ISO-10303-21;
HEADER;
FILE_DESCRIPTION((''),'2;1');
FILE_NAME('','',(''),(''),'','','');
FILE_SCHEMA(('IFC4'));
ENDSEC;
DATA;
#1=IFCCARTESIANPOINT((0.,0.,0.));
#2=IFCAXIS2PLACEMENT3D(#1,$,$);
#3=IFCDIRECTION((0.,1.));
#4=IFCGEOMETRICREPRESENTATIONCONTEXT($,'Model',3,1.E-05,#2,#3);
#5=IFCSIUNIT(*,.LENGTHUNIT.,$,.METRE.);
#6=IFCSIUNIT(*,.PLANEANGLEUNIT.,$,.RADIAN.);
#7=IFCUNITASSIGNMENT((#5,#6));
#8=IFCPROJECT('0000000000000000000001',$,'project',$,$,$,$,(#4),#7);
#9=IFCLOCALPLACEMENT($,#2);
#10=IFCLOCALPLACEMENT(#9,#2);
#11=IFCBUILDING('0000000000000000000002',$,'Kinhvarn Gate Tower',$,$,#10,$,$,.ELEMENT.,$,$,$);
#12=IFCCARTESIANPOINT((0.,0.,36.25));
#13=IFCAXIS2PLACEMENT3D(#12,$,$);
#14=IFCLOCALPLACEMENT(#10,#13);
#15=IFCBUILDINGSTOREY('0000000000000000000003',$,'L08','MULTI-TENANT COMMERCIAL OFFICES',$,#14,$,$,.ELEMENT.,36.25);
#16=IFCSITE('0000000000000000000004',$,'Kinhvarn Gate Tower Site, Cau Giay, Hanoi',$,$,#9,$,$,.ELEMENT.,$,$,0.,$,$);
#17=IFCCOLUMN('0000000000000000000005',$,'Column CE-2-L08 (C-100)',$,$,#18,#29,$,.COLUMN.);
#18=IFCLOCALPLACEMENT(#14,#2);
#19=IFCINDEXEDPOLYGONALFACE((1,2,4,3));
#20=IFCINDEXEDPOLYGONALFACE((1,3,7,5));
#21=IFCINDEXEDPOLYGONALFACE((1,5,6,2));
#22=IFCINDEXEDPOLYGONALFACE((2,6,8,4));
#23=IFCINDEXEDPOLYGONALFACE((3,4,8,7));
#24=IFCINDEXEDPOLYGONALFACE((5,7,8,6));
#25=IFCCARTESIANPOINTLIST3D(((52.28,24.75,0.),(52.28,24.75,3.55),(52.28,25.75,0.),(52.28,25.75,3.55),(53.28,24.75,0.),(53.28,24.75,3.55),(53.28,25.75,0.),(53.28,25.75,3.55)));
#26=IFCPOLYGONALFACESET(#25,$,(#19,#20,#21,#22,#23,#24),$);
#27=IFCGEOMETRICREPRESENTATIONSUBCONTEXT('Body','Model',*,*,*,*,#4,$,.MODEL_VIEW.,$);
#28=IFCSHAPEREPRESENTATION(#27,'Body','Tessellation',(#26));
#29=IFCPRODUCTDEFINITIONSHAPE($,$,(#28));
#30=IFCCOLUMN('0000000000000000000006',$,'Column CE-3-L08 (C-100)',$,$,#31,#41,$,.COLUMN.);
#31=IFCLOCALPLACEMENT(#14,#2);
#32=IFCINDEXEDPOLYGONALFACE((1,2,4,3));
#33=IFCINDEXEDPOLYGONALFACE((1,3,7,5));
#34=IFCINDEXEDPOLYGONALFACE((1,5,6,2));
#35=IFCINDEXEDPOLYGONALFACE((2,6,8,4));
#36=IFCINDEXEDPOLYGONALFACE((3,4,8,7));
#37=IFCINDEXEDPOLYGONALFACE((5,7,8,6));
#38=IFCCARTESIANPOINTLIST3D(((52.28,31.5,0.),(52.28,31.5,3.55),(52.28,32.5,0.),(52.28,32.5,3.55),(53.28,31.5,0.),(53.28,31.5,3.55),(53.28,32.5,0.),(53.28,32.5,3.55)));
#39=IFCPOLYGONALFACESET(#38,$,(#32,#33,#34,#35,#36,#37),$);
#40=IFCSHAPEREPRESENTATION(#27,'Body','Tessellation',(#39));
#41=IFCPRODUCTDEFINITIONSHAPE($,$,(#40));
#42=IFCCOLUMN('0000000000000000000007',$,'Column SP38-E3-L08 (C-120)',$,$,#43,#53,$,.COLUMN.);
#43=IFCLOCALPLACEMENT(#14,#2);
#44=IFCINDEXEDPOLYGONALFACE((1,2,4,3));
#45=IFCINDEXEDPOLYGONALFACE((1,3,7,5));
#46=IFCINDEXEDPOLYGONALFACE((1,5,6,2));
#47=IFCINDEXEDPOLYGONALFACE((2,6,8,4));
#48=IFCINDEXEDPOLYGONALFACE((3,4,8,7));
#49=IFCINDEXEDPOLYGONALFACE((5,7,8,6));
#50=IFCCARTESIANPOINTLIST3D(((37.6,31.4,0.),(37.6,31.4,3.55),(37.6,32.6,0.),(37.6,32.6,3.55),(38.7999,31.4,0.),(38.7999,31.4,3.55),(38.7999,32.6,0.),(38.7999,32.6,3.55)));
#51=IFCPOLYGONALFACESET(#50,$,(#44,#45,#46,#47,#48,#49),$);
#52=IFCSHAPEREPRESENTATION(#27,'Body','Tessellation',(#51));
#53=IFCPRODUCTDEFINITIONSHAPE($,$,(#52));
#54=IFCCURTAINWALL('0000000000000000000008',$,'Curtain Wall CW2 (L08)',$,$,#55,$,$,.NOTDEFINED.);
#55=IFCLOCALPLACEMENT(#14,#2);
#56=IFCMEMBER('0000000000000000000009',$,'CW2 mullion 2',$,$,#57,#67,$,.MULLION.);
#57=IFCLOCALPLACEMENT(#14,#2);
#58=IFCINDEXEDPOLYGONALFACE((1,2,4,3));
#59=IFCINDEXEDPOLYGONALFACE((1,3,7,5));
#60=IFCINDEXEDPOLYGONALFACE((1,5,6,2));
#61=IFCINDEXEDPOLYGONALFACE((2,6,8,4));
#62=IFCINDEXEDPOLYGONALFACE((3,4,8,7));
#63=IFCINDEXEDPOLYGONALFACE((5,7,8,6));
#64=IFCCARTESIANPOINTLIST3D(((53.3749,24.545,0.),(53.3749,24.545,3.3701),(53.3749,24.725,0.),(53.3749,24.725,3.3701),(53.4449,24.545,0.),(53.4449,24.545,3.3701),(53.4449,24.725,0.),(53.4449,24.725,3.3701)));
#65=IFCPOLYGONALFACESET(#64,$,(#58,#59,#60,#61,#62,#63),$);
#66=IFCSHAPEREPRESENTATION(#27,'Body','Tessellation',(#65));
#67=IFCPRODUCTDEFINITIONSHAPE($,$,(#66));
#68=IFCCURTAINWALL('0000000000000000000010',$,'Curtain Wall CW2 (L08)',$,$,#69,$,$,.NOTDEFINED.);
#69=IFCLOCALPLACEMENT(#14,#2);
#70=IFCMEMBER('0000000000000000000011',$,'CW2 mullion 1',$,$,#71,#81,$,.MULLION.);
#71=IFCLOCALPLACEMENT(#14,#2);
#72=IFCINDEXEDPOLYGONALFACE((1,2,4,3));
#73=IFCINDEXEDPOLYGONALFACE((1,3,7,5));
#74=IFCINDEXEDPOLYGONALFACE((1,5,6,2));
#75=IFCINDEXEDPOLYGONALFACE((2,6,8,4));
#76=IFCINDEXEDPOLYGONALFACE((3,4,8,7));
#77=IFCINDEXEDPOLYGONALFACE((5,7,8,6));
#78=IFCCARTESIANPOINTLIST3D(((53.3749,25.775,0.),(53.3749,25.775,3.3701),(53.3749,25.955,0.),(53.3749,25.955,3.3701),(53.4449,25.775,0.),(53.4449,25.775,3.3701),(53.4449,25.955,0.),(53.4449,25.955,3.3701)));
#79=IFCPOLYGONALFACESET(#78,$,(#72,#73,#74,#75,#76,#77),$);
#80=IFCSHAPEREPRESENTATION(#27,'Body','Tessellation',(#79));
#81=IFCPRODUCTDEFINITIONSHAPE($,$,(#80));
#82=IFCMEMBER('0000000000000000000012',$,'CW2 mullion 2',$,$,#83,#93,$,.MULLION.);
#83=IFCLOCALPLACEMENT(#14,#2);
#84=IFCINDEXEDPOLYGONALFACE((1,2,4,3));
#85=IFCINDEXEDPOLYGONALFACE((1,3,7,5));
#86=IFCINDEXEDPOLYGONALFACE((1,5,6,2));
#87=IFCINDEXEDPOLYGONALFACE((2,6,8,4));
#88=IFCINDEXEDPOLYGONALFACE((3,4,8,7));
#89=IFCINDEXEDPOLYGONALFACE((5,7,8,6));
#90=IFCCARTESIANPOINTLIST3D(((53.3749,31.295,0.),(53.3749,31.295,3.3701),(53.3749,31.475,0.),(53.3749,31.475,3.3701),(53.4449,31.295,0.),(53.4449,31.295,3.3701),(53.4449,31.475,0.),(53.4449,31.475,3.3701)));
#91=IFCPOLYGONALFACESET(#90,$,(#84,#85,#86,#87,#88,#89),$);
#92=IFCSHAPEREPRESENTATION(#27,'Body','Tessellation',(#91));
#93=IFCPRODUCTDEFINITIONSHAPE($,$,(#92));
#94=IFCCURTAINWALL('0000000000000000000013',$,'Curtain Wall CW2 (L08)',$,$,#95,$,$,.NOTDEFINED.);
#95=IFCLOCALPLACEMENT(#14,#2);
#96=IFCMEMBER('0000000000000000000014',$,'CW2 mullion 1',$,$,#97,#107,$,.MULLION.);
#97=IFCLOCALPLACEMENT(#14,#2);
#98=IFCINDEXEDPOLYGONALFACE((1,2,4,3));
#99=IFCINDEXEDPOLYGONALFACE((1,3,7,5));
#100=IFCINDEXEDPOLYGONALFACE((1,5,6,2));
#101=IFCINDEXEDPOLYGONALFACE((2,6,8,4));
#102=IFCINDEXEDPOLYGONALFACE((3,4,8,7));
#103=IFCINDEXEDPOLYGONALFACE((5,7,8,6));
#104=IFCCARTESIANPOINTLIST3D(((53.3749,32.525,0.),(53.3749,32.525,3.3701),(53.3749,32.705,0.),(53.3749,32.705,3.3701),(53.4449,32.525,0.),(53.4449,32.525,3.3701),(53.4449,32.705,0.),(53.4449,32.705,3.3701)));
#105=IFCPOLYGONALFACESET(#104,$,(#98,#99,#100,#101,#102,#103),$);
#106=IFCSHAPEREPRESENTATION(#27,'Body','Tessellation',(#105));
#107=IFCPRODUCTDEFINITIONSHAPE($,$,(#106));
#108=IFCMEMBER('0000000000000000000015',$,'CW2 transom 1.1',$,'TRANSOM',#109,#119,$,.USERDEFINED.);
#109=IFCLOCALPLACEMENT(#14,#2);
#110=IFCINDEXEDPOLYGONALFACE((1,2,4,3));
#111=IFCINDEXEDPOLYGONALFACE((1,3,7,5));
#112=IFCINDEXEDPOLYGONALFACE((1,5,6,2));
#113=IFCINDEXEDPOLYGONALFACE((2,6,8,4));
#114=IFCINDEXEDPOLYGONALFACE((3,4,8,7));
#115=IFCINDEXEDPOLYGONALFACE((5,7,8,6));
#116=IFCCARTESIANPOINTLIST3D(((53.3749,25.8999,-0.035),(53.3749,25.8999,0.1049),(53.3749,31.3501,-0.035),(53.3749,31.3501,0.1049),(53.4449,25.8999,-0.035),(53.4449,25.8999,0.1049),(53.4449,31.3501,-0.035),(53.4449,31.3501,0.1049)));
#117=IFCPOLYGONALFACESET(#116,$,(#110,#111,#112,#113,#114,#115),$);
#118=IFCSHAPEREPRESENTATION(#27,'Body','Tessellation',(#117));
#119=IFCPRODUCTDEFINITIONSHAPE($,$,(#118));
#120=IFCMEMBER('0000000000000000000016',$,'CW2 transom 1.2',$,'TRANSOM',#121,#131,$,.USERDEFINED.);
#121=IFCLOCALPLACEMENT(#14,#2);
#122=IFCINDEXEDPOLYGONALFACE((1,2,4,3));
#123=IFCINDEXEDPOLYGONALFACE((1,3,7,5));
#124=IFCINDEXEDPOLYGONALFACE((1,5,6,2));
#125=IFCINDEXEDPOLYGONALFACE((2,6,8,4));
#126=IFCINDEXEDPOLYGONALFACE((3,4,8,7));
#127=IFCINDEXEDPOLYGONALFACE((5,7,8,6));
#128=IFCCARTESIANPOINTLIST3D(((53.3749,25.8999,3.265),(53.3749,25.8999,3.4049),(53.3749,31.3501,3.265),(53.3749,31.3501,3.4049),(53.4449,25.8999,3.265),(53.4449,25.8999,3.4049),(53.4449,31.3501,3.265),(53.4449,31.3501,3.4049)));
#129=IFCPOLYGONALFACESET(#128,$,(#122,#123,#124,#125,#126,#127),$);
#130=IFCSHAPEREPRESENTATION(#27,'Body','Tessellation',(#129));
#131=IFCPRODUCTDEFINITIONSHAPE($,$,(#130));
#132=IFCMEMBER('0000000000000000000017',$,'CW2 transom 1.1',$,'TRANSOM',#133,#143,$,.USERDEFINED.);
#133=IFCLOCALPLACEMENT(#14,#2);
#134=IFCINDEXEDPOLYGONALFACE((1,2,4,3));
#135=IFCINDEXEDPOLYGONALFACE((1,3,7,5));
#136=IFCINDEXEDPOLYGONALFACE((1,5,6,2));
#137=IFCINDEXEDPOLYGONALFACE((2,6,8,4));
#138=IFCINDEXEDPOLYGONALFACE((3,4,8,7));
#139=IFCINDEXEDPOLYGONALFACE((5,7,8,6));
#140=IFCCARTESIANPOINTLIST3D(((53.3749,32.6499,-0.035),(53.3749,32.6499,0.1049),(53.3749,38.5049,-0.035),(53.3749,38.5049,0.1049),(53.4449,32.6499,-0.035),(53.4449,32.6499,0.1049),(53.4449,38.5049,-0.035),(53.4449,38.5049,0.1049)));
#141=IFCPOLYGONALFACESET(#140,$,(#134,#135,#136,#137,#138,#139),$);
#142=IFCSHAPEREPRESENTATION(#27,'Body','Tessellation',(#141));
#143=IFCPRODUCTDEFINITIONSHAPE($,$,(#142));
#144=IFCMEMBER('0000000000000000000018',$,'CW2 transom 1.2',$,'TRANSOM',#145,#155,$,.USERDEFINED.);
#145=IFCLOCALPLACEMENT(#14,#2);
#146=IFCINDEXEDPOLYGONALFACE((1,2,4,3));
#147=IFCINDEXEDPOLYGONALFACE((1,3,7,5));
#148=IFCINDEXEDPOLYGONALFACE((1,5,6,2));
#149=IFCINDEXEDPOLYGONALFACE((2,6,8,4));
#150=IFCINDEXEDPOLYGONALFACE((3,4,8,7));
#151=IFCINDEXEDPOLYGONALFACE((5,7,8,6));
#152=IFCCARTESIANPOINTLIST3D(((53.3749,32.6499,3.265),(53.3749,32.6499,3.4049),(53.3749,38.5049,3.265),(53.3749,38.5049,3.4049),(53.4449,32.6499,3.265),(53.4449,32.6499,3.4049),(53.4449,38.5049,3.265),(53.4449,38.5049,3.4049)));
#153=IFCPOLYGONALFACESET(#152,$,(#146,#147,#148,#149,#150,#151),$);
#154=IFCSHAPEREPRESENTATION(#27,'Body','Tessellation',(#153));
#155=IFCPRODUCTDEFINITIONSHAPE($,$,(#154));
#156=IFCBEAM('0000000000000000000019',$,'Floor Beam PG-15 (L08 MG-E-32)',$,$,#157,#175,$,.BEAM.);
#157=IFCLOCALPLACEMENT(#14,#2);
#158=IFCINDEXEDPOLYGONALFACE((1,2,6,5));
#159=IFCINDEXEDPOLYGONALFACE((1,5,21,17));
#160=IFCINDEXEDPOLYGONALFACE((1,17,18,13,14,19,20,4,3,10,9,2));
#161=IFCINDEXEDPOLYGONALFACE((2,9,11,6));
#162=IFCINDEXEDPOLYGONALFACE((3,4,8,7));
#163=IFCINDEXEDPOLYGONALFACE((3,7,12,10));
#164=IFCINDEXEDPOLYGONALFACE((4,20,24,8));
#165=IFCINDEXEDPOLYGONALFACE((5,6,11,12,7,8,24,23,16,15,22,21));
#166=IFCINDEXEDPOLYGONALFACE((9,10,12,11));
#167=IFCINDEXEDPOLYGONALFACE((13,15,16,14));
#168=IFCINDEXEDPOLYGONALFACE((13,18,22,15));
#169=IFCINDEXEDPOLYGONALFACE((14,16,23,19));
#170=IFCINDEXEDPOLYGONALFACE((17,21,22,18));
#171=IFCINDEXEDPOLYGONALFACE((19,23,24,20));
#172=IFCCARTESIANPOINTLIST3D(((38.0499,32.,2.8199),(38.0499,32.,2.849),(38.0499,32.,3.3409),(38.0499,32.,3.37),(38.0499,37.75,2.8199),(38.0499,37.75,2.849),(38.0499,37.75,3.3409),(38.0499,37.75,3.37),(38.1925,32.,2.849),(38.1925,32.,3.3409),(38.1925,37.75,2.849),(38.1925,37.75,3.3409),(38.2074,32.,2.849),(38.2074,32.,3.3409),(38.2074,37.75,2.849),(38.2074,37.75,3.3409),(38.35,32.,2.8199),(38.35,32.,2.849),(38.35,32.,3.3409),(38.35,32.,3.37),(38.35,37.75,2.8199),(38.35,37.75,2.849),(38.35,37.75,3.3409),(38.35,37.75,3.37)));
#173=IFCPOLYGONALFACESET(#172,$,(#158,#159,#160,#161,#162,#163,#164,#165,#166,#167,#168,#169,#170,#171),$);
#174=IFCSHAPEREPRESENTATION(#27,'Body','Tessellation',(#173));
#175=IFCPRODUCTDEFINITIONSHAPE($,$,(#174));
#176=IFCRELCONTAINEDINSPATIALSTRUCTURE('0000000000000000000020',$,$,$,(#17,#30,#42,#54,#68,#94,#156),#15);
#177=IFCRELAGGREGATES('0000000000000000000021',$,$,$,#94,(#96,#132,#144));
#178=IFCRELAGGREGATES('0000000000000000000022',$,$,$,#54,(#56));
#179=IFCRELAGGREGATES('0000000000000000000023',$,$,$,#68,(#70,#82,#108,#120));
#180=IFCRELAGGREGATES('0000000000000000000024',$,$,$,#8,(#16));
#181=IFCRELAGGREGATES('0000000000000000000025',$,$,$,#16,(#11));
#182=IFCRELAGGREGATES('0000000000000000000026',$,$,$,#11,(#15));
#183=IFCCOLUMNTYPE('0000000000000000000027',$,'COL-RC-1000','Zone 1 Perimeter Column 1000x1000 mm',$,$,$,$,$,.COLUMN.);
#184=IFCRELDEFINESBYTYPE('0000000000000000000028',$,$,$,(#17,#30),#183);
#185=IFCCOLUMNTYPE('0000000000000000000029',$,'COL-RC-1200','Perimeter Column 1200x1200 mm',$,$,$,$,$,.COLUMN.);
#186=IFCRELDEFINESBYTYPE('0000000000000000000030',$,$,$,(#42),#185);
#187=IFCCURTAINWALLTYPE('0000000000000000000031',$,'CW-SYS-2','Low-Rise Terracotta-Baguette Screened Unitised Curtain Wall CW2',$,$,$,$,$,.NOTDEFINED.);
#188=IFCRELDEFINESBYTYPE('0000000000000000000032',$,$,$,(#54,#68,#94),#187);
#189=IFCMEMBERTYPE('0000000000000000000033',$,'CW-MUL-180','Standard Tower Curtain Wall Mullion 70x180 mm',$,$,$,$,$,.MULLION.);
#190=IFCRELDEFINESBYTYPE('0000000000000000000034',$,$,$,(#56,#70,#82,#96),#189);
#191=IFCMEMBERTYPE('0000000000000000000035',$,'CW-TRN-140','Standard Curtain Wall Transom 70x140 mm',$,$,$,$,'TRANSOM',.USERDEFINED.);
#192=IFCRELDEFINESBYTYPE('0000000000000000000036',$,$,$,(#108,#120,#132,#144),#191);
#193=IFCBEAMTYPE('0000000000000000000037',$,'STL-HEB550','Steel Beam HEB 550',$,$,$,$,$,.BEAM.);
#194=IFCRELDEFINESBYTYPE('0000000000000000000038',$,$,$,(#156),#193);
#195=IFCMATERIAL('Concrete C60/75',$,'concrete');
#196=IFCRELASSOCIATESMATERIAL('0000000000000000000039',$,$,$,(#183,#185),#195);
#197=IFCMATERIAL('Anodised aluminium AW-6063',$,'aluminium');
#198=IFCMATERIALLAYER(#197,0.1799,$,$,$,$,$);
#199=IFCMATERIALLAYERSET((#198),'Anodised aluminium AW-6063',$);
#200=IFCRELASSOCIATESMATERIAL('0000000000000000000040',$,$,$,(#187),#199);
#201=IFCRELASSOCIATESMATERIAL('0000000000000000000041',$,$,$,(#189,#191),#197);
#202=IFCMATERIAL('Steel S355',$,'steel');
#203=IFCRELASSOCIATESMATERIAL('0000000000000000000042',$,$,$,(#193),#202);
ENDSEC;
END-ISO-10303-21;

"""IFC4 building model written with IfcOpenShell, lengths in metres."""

from ifc_helpers import new_model, si_unit, direction, frame, origin, origin_2d, place, context, subcontext, project, spatial, rectangle, i_section, extrude, material, layer, layer_set, material_profile, profile_set, type_object, element, aggregate, save


model = new_model("IFC4")

# Units and contexts
model_context = context("Model", 3, precision=1e-05, world=origin(), true_north=direction((0.0, 1.0)))
body_context = subcontext(model_context, "Body", "Model", "MODEL_VIEW")
ifc_project = project(units=[si_unit("LENGTHUNIT", "METRE"), si_unit("PLANEANGLEUNIT", "RADIAN")], contexts=[model_context])

# Site, building, storey
site_placement = place(None, origin())
site = spatial("IfcSite", under=ifc_project, at=site_placement, Name="Kinhvarn Gate Tower Site, Cau Giay, Hanoi", CompositionType="ELEMENT", RefElevation=0.0)
building_placement = place(site_placement, origin())
building = spatial("IfcBuilding", under=site, at=building_placement, Name="Kinhvarn Gate Tower", CompositionType="ELEMENT")
storey_placement = place(building_placement, frame((0.0, 0.0, 36.25)))
storey = spatial("IfcBuildingStorey", under=building, at=storey_placement, Name="L08", Description="MULTI-TENANT COMMERCIAL OFFICES", CompositionType="ELEMENT", Elevation=36.25)

# Columns
ifc_material_1 = material(Name="Concrete C60/75", Category="concrete")
ifc_material_profile_1 = material_profile(ifc_material_1, rectangle(XDim=1.0, YDim=1.0, at=origin_2d()), Name="RC 1000x1000")
ifc_profile_set_1 = profile_set([ifc_material_profile_1], Name="Concrete C60/75")
column_type_1 = type_object("IfcColumnType", Name="COL-RC-1000", Description="Zone 1 Perimeter Column 1000x1000 mm", PredefinedType="COLUMN", material=ifc_profile_set_1)
for number, where, z_axis, x_axis, name in (
    (1, (52.78, 25.25, 0.0), (0.0, 0.0, 1.0), (1.0, 0.0, 0.0), "Column CE-2-L08 (C-100)"),
    (2, (52.78, 32.0, 0.0), (0.0, 0.0, 1.0), (1.0, 0.0, 0.0), "Column CE-3-L08 (C-100)"),
):
    element("IfcColumn", number, at=place(storey_placement, frame(where, z_axis=z_axis, x_axis=x_axis)), inside=storey, type_object=column_type_1, Name=name, PredefinedType="COLUMN", context=body_context, shape_type="SweptSolid", body=[
        extrude(rectangle(XDim=1.0, YDim=1.0, at=origin_2d()), origin(), (0.0, 0.0, 1.0), 3.55),
    ])
ifc_material_profile_2 = material_profile(ifc_material_1, rectangle(XDim=1.2, YDim=1.2, at=origin_2d()), Name="RC 1200x1200")
ifc_profile_set_2 = profile_set([ifc_material_profile_2], Name="Concrete C60/75")
column_type_2 = type_object("IfcColumnType", Name="COL-RC-1200", Description="Perimeter Column 1200x1200 mm", PredefinedType="COLUMN", material=ifc_profile_set_2)
column_placement = place(storey_placement, frame((38.2, 32.0, 0.0), z_axis=(0.0, 0.0, 1.0), x_axis=(1.0, 0.0, 0.0)))
element("IfcColumn", 3, at=column_placement, inside=storey, type_object=column_type_2, Name="Column SP38-E3-L08 (C-120)", PredefinedType="COLUMN", context=body_context, shape_type="SweptSolid", body=[
    extrude(rectangle(XDim=1.2, YDim=1.2, at=origin_2d()), origin(), (0.0, 0.0, 1.0), 3.55),
])

# Curtain wall, member
ifc_material_2 = material(Name="Anodised aluminium AW-6063", Category="aluminium")
ifc_layer_1 = layer(ifc_material_2, 0.1799)
ifc_layer_set_1 = layer_set([ifc_layer_1], Name="Anodised aluminium AW-6063")
curtain_wall_type = type_object("IfcCurtainWallType", Name="CW-SYS-2", Description="Low-Rise Terracotta-Baguette Screened Unitised Curtain Wall CW2", PredefinedType="NOTDEFINED", material=ifc_layer_set_1)
curtain_wall_1_placement = place(storey_placement, origin())
curtain_wall_1 = element("IfcCurtainWall", 4, at=curtain_wall_1_placement, inside=storey, type_object=curtain_wall_type, Name="Curtain Wall CW2 (L08)", PredefinedType="NOTDEFINED")
ifc_material_profile_3 = material_profile(ifc_material_2, rectangle(XDim=0.0701, YDim=0.1799, at=origin_2d()), Name="ALU 70x180")
ifc_profile_set_3 = profile_set([ifc_material_profile_3], Name="Anodised aluminium AW-6063")
member_type_1 = type_object("IfcMemberType", Name="CW-MUL-180", Description="Standard Tower Curtain Wall Mullion 70x180 mm", PredefinedType="MULLION", material=ifc_profile_set_3)
member_1_placement = place(storey_placement, frame((53.4099, 24.635, 0.0), z_axis=(0.0, 0.0, 1.0), x_axis=(-1.0, 0.0, 0.0)))
member_1 = element("IfcMember", 5, at=member_1_placement, type_object=member_type_1, Name="CW2 mullion 2", PredefinedType="MULLION", context=body_context, shape_type="SweptSolid", body=[
    extrude(rectangle(XDim=0.0701, YDim=0.1799, at=origin_2d()), origin(), (0.0, 0.0, 1.0), 3.3701),
])

# Curtain wall, members
curtain_wall_2_placement = place(storey_placement, origin())
curtain_wall_2 = element("IfcCurtainWall", 6, at=curtain_wall_2_placement, inside=storey, type_object=curtain_wall_type, Name="Curtain Wall CW2 (L08)", PredefinedType="NOTDEFINED")
member_2_placement = place(storey_placement, frame((53.4099, 25.865, 0.0), z_axis=(0.0, 0.0, 1.0), x_axis=(-1.0, 0.0, 0.0)))
member_2 = element("IfcMember", 7, at=member_2_placement, type_object=member_type_1, Name="CW2 mullion 1", PredefinedType="MULLION", context=body_context, shape_type="SweptSolid", body=[
    extrude(rectangle(XDim=0.0701, YDim=0.1799, at=origin_2d()), origin(), (0.0, 0.0, 1.0), 3.3701),
])
member_3_placement = place(storey_placement, frame((53.4099, 31.385, 0.0), z_axis=(0.0, 0.0, 1.0), x_axis=(-1.0, 0.0, 0.0)))
member_3 = element("IfcMember", 8, at=member_3_placement, type_object=member_type_1, Name="CW2 mullion 2", PredefinedType="MULLION", context=body_context, shape_type="SweptSolid", body=[
    extrude(rectangle(XDim=0.0701, YDim=0.1799, at=origin_2d()), origin(), (0.0, 0.0, 1.0), 3.3701),
])

# Curtain wall, member
curtain_wall_3_placement = place(storey_placement, origin())
curtain_wall_3 = element("IfcCurtainWall", 9, at=curtain_wall_3_placement, inside=storey, type_object=curtain_wall_type, Name="Curtain Wall CW2 (L08)", PredefinedType="NOTDEFINED")
member_4_placement = place(storey_placement, frame((53.4099, 32.615, 0.0), z_axis=(0.0, 0.0, 1.0), x_axis=(-1.0, 0.0, 0.0)))
member_4 = element("IfcMember", 10, at=member_4_placement, type_object=member_type_1, Name="CW2 mullion 1", PredefinedType="MULLION", context=body_context, shape_type="SweptSolid", body=[
    extrude(rectangle(XDim=0.0701, YDim=0.1799, at=origin_2d()), origin(), (0.0, 0.0, 1.0), 3.3701),
])

# Members
ifc_material_profile_4 = material_profile(ifc_material_2, rectangle(XDim=0.0701, YDim=0.1399, at=origin_2d()), Name="ALU 70x140")
ifc_profile_set_4 = profile_set([ifc_material_profile_4], Name="Anodised aluminium AW-6063")
member_type_2 = type_object("IfcMemberType", Name="CW-TRN-140", Description="Standard Curtain Wall Transom 70x140 mm", ElementType="TRANSOM", PredefinedType="USERDEFINED", material=ifc_profile_set_4)
member_5_placement = place(storey_placement, frame((53.4099, 25.8999, 0.0349), z_axis=(0.0, 1.0, 0.0), x_axis=(-1.0, 0.0, 0.0)))
member_5 = element("IfcMember", 11, at=member_5_placement, type_object=member_type_2, Name="CW2 transom 1.1", ObjectType="TRANSOM", PredefinedType="USERDEFINED", context=body_context, shape_type="SweptSolid", body=[
    extrude(rectangle(XDim=0.0701, YDim=0.1399, at=origin_2d()), origin(), (0.0, 0.0, 1.0), 5.4502),
])
member_6_placement = place(storey_placement, frame((53.4099, 25.8999, 3.335), z_axis=(0.0, 1.0, 0.0), x_axis=(-1.0, 0.0, 0.0)))
member_6 = element("IfcMember", 12, at=member_6_placement, type_object=member_type_2, Name="CW2 transom 1.2", ObjectType="TRANSOM", PredefinedType="USERDEFINED", context=body_context, shape_type="SweptSolid", body=[
    extrude(rectangle(XDim=0.0701, YDim=0.1399, at=origin_2d()), origin(), (0.0, 0.0, 1.0), 5.4502),
])
member_7_placement = place(storey_placement, frame((53.4099, 32.6499, 0.0349), z_axis=(0.0, 1.0, 0.0), x_axis=(-1.0, 0.0, 0.0)))
member_7 = element("IfcMember", 13, at=member_7_placement, type_object=member_type_2, Name="CW2 transom 1.1", ObjectType="TRANSOM", PredefinedType="USERDEFINED", context=body_context, shape_type="SweptSolid", body=[
    extrude(rectangle(XDim=0.0701, YDim=0.1399, at=origin_2d()), origin(), (0.0, 0.0, 1.0), 5.855),
])
member_8_placement = place(storey_placement, frame((53.4099, 32.6499, 3.335), z_axis=(0.0, 1.0, 0.0), x_axis=(-1.0, 0.0, 0.0)))
member_8 = element("IfcMember", 14, at=member_8_placement, type_object=member_type_2, Name="CW2 transom 1.2", ObjectType="TRANSOM", PredefinedType="USERDEFINED", context=body_context, shape_type="SweptSolid", body=[
    extrude(rectangle(XDim=0.0701, YDim=0.1399, at=origin_2d()), origin(), (0.0, 0.0, 1.0), 5.855),
])
aggregate(curtain_wall_3, [member_4, member_7, member_8])

# Beam
ifc_material_3 = material(Name="Steel S355", Category="steel")
ifc_material_profile_5 = material_profile(ifc_material_3, i_section(OverallWidth=0.3, OverallDepth=0.55, WebThickness=0.0149, FlangeThickness=0.0291, at=origin_2d()), Name="HEB 550")
ifc_profile_set_5 = profile_set([ifc_material_profile_5], Name="Steel S355")
beam_type_1 = type_object("IfcBeamType", Name="STL-HEB550", Description="Steel Beam HEB 550", PredefinedType="BEAM", material=ifc_profile_set_5)
beam_1_placement = place(storey_placement, frame((38.2, 32.0, 3.095), z_axis=(0.0, 1.0, 0.0), x_axis=(-1.0, 0.0, 0.0)))
element("IfcBeam", 15, at=beam_1_placement, inside=storey, type_object=beam_type_1, Name="Floor Beam PG-15 (L08 MG-E-32)", PredefinedType="BEAM", context=body_context, shape_type="SweptSolid", body=[
    extrude(i_section(OverallWidth=0.3, OverallDepth=0.55, WebThickness=0.0149, FlangeThickness=0.0291, at=origin_2d()), origin(), (0.0, 0.0, 1.0), 5.75),
])

aggregate(curtain_wall_1, [member_1])
aggregate(curtain_wall_2, [member_2, member_3, member_5, member_6])

save(model, "model.ifc")
